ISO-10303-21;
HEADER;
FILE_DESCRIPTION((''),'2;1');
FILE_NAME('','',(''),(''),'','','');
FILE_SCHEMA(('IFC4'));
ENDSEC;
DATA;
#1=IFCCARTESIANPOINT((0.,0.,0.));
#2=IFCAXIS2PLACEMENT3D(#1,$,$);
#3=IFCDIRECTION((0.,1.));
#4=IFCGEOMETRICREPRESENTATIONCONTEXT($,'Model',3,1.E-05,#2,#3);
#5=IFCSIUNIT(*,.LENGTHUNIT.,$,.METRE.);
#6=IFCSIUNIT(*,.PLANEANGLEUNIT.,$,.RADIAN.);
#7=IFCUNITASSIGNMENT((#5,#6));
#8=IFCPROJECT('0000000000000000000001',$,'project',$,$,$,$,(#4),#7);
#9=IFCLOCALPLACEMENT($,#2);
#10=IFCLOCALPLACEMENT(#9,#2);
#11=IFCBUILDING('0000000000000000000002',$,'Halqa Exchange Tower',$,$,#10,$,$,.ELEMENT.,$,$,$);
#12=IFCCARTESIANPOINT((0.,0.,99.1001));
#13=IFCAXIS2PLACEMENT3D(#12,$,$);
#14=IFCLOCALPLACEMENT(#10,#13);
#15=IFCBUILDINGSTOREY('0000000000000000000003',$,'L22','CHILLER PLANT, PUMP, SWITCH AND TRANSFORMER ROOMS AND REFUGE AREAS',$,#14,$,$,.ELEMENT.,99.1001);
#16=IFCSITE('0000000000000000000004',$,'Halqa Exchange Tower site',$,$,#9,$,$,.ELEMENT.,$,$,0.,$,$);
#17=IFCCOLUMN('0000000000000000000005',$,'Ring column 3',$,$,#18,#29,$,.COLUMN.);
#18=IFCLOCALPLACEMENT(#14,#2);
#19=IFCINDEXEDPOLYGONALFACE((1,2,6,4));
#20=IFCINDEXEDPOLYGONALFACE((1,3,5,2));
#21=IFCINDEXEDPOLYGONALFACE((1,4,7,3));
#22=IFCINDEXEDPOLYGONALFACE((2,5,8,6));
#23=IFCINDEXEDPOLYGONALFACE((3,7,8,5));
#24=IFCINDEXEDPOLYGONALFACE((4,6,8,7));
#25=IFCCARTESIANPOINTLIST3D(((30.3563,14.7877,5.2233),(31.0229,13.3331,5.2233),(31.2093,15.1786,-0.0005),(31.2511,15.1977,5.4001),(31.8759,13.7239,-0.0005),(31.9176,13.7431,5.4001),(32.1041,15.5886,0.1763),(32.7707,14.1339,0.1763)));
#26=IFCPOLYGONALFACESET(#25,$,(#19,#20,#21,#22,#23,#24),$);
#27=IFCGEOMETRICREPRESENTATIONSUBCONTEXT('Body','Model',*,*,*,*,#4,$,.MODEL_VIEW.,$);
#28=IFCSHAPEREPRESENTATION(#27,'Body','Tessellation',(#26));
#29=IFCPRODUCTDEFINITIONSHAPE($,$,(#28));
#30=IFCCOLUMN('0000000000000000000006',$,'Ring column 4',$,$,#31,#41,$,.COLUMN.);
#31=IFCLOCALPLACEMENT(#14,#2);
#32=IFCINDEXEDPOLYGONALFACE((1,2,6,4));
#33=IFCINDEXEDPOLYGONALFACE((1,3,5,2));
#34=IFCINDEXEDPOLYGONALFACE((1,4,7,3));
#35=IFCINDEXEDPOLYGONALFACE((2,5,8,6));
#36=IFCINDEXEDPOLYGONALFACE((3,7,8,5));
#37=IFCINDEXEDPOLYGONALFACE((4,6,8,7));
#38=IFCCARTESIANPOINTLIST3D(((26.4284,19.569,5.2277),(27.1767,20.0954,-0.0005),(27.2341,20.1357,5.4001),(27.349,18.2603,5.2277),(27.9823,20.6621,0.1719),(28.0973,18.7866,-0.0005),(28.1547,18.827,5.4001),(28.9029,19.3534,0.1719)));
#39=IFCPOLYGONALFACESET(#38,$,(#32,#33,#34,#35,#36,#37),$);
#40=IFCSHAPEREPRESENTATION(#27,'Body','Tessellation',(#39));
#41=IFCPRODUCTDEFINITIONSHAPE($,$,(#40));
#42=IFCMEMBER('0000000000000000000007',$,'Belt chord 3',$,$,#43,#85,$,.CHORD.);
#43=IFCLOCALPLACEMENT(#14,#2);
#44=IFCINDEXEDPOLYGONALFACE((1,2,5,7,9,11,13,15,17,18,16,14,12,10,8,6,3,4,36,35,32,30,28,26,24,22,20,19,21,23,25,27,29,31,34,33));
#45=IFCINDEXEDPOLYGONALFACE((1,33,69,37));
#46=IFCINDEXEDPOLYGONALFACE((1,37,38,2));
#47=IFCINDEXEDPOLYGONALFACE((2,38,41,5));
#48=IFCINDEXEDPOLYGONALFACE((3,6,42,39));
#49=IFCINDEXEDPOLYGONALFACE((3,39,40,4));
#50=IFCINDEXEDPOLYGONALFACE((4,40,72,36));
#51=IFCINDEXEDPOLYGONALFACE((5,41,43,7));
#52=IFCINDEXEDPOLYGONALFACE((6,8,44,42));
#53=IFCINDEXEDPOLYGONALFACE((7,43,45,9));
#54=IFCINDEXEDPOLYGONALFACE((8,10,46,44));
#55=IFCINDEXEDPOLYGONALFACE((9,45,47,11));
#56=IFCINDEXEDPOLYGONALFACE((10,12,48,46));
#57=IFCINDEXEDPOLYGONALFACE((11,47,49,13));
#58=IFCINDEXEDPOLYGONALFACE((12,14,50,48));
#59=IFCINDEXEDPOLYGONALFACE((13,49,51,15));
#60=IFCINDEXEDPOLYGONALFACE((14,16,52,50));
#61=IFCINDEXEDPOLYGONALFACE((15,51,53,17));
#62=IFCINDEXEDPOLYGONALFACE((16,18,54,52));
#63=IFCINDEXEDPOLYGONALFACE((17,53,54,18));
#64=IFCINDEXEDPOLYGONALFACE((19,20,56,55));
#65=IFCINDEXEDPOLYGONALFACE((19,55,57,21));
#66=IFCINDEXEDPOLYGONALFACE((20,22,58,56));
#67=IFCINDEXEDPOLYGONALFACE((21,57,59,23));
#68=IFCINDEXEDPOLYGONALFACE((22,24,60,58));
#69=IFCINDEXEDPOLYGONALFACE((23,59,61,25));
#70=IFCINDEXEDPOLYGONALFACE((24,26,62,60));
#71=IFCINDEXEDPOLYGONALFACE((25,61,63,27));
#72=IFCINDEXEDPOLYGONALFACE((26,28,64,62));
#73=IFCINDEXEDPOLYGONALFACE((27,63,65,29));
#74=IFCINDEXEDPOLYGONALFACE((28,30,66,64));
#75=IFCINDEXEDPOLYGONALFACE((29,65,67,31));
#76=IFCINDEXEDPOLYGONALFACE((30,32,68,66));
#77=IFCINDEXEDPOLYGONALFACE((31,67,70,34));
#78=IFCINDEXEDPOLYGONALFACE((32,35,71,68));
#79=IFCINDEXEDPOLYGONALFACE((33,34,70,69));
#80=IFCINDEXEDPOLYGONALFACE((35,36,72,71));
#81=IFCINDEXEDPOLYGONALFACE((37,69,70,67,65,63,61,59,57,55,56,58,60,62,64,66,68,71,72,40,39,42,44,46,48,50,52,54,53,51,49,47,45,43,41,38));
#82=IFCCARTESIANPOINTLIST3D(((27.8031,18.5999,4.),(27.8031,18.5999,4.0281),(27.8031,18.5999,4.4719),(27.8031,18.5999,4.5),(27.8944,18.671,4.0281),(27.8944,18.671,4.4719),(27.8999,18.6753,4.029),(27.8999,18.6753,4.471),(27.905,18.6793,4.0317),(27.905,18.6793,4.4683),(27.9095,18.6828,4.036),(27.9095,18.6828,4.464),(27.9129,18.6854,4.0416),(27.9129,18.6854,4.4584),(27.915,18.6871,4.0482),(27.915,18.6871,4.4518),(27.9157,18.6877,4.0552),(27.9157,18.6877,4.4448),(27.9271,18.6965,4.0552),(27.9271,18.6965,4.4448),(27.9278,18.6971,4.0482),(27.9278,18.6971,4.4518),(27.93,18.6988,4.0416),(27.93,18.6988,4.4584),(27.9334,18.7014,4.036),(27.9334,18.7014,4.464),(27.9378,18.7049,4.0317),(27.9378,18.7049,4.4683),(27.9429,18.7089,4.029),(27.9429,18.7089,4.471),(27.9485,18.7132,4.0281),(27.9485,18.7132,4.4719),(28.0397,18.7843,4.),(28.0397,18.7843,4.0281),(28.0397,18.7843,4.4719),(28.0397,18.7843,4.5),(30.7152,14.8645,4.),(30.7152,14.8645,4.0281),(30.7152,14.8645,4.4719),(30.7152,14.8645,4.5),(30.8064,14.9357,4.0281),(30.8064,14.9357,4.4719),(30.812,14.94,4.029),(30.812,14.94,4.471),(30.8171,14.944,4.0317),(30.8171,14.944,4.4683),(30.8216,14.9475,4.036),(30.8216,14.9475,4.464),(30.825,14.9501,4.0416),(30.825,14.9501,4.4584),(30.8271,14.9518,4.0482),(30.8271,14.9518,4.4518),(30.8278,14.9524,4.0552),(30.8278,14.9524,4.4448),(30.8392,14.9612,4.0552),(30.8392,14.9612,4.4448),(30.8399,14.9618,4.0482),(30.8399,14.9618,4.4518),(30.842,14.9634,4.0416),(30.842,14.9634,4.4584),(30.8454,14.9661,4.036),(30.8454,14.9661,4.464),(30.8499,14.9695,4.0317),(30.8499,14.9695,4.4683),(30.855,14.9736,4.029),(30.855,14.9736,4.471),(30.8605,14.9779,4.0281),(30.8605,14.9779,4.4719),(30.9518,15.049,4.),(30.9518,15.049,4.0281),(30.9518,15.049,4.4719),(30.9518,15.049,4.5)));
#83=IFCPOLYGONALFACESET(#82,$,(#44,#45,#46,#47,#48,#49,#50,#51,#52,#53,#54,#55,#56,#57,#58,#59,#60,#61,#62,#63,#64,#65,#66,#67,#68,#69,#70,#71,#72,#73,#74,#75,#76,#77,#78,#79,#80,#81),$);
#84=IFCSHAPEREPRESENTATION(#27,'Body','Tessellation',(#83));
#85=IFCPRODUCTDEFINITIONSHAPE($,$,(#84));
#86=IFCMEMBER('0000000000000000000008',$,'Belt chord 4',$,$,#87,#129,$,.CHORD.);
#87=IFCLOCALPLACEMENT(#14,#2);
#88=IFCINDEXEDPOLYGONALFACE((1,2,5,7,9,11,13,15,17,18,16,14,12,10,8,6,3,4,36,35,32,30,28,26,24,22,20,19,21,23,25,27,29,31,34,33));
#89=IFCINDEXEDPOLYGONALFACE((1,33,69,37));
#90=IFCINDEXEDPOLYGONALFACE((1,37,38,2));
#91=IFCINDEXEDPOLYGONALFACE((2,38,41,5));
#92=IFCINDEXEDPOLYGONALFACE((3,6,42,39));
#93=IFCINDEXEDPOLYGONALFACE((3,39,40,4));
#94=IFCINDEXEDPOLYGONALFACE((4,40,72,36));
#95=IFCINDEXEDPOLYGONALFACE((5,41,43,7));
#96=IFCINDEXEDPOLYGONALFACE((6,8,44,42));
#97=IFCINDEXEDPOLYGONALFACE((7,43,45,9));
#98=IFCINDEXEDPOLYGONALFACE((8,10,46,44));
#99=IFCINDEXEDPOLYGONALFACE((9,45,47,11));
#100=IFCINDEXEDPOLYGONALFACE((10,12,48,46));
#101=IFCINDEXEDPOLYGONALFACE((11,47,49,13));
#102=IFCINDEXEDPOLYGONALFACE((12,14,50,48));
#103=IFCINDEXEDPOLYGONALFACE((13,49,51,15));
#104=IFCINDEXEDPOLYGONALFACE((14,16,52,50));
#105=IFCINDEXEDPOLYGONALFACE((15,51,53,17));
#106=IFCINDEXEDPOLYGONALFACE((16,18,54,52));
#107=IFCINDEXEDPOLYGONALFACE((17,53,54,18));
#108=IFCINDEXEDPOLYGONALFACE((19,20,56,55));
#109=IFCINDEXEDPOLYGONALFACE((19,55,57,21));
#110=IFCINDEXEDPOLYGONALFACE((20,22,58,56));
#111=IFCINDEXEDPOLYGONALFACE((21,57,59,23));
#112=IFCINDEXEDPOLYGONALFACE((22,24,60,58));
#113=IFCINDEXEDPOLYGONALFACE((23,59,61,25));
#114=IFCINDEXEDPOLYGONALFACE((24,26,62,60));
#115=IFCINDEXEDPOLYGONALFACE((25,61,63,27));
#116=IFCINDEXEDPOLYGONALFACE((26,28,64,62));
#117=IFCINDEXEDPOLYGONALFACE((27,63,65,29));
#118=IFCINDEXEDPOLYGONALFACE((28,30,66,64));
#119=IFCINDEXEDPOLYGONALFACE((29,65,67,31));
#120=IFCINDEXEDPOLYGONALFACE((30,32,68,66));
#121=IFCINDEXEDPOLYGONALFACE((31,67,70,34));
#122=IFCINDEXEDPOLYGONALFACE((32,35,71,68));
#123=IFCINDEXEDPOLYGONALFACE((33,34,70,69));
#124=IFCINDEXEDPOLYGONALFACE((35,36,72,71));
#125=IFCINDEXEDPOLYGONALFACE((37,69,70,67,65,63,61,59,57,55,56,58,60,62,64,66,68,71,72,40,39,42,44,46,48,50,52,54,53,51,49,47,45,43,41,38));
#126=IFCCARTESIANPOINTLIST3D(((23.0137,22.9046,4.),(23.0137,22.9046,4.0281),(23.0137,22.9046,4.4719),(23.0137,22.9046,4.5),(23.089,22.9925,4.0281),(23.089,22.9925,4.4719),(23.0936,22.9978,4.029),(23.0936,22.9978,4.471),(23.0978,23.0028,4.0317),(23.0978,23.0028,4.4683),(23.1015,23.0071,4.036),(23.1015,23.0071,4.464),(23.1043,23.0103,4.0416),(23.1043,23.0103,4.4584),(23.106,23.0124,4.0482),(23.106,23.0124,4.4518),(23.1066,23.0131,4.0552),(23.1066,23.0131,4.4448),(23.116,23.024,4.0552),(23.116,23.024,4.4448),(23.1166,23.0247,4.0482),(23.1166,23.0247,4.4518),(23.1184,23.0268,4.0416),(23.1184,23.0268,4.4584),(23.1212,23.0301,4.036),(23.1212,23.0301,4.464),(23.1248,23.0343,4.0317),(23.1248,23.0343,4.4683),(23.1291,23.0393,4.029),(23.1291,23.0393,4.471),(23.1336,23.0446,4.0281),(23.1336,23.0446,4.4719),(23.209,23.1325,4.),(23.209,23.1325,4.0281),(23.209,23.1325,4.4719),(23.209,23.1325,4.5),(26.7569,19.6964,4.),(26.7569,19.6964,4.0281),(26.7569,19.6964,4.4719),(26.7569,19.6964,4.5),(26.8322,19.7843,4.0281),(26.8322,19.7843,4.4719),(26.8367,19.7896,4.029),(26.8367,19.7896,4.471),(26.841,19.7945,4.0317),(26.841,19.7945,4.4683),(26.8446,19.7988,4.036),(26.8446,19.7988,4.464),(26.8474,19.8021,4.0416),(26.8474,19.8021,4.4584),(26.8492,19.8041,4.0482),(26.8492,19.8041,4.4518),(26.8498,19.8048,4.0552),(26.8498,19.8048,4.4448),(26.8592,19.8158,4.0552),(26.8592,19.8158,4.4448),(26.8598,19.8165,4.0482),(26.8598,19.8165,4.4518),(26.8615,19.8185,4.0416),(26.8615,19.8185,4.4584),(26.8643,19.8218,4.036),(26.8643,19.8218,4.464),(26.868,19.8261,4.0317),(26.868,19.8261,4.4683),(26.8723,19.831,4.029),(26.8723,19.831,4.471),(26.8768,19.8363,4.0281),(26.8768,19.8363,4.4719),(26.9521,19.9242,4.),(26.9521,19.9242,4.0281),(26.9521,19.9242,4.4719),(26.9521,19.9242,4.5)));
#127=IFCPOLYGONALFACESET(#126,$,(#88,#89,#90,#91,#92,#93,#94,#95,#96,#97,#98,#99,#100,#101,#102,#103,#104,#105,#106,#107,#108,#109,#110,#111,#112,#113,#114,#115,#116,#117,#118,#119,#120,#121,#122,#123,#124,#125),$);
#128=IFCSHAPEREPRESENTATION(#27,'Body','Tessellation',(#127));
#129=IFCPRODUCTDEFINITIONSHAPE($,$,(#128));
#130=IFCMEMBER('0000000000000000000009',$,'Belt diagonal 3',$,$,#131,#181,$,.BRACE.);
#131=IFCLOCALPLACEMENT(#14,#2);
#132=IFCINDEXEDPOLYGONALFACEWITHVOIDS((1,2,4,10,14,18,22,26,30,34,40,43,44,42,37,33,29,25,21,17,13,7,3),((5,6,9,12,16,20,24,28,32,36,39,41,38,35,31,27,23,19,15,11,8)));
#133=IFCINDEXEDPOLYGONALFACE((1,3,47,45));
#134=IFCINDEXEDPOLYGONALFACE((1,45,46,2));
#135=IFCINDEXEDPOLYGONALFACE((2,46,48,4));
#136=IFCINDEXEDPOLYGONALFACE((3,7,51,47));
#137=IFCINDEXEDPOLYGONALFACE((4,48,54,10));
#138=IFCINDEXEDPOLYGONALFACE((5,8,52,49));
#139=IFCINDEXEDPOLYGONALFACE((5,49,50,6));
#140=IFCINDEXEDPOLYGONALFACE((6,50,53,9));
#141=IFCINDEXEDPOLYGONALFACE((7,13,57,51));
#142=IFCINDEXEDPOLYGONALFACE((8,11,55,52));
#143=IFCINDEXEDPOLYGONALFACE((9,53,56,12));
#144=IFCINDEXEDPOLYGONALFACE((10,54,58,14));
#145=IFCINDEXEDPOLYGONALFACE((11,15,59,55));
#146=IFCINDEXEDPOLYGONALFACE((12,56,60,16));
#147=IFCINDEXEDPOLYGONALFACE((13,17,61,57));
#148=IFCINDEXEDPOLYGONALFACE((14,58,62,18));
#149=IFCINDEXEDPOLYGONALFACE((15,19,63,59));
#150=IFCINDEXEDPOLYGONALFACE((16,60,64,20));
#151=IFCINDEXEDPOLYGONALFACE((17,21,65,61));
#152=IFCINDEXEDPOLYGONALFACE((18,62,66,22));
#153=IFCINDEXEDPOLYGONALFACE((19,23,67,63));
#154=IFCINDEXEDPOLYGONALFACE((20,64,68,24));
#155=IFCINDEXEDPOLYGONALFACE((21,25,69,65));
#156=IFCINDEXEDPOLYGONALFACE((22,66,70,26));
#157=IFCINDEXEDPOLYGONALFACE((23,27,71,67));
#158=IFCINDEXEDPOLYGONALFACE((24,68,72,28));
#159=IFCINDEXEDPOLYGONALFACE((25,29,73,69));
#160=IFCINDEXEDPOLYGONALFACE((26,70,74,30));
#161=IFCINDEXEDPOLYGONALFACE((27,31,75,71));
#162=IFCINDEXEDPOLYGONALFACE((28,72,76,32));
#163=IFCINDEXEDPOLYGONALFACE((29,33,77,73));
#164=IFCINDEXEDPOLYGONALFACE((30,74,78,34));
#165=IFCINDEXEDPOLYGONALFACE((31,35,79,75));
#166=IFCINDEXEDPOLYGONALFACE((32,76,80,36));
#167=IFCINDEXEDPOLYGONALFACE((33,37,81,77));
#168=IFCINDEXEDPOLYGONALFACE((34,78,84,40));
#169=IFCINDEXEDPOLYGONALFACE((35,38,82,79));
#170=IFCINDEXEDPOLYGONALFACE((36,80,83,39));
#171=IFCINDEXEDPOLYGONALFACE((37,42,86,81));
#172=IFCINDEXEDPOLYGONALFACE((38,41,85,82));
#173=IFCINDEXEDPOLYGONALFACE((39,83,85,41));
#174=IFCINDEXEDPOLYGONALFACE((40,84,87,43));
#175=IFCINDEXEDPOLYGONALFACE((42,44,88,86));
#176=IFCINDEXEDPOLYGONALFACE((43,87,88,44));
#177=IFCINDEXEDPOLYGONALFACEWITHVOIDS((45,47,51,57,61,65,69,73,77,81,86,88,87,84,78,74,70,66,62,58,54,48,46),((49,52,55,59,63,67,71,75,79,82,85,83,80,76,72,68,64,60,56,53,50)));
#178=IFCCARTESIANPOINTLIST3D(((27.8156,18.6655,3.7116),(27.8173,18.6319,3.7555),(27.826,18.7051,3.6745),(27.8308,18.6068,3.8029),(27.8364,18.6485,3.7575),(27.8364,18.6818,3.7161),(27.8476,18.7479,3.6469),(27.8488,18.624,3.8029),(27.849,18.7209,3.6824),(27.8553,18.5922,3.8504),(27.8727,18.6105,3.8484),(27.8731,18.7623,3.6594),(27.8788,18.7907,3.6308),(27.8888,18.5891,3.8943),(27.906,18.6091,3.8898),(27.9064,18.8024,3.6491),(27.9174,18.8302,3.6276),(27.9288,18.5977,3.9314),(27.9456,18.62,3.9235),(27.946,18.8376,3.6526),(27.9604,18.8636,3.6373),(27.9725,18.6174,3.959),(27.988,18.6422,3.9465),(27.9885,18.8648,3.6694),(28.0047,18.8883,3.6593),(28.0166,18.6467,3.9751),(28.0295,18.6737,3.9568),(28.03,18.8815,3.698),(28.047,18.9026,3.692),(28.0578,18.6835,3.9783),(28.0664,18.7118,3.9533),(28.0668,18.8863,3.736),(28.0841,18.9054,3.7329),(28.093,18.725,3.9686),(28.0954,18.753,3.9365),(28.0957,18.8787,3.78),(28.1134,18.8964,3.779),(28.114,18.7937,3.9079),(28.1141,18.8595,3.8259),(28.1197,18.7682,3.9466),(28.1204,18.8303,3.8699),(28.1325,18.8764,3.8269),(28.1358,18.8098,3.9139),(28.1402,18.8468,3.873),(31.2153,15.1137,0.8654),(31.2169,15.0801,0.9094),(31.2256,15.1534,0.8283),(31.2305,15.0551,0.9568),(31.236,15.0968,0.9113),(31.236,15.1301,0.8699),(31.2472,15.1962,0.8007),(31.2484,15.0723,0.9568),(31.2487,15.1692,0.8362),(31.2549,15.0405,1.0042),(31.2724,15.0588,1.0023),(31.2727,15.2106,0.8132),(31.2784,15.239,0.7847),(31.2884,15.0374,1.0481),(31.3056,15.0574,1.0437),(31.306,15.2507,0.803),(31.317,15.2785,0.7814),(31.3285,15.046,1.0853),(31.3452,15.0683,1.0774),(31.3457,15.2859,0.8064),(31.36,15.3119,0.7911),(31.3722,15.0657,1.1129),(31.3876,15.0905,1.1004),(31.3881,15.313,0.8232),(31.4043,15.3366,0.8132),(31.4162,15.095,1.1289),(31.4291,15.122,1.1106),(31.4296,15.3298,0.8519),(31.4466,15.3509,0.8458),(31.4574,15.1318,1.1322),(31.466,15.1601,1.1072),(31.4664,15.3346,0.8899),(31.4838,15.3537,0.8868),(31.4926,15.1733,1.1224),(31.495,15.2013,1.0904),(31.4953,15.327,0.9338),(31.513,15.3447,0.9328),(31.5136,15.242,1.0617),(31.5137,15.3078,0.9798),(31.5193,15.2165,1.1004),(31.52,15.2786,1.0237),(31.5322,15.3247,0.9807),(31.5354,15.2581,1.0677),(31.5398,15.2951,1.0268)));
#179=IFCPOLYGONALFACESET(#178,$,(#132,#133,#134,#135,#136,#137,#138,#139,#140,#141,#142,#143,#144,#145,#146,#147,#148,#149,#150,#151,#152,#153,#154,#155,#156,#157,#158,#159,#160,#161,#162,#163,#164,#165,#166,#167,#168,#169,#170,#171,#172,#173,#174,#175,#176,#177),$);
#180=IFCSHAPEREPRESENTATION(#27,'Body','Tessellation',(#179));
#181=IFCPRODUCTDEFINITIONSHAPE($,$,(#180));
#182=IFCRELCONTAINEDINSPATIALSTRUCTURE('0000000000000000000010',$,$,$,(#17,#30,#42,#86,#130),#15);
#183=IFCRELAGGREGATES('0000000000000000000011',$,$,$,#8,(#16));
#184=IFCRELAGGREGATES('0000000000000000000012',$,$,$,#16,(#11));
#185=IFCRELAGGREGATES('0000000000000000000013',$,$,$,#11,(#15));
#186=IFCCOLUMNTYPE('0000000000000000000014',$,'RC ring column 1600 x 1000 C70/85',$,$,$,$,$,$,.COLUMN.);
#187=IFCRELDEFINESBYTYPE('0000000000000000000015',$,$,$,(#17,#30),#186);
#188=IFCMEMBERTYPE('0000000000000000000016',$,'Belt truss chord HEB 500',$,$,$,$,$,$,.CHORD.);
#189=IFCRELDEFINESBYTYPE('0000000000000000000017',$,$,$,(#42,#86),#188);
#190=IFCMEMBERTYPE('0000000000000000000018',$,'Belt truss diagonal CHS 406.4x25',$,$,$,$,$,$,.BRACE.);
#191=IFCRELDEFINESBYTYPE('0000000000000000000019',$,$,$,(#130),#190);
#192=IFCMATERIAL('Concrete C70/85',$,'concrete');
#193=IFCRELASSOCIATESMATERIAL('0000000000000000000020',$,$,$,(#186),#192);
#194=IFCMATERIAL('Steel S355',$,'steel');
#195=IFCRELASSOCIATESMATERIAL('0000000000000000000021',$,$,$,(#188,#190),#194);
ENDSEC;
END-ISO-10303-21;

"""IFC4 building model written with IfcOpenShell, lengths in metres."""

from ifc_helpers import new_model, si_unit, direction, frame, origin, origin_2d, place, context, subcontext, project, spatial, rectangle, hollow_circle, i_section, extrude, material, material_profile, profile_set, type_object, element, save


model = new_model("IFC4")

# Units and contexts
model_context = context("Model", 3, precision=1e-05, world=origin(), true_north=direction((0.0, 1.0)))
body_context = subcontext(model_context, "Body", "Model", "MODEL_VIEW")
ifc_project = project(units=[si_unit("LENGTHUNIT", "METRE"), si_unit("PLANEANGLEUNIT", "RADIAN")], contexts=[model_context])

# Site, building, storey
site_placement = place(None, origin())
site = spatial("IfcSite", under=ifc_project, at=site_placement, Name="Halqa Exchange Tower site", CompositionType="ELEMENT", RefElevation=0.0)
building_placement = place(site_placement, origin())
building = spatial("IfcBuilding", under=site, at=building_placement, Name="Halqa Exchange Tower", CompositionType="ELEMENT")
storey_placement = place(building_placement, frame((0.0, 0.0, 99.1001)))
storey = spatial("IfcBuildingStorey", under=building, at=storey_placement, Name="L22", Description="CHILLER PLANT, PUMP, SWITCH AND TRANSFORMER ROOMS AND REFUGE AREAS", CompositionType="ELEMENT", Elevation=99.1001)

# Columns
ifc_material_1 = material(Name="Concrete C70/85", Category="concrete")
ifc_material_profile_1 = material_profile(ifc_material_1, rectangle(XDim=1.6001, YDim=1.0, at=origin_2d()), Name="1600 x 1000")
ifc_profile_set_1 = profile_set([ifc_material_profile_1], Name="Concrete C70/85")
column_type = type_object("IfcColumnType", Name="RC ring column 1600 x 1000 C70/85", PredefinedType="COLUMN", material=ifc_profile_set_1)
column_1_placement = place(storey_placement, frame((31.99, 14.6562, 0.0879), z_axis=(-0.160722, -0.073645, 0.984248), x_axis=(0.416565, -0.909106, 0.0)))
element("IfcColumn", 1, at=column_1_placement, inside=storey, type_object=column_type, Name="Ring column 3", PredefinedType="COLUMN", context=body_context, shape_type="SweptSolid", body=[
    extrude(rectangle(XDim=1.6001, YDim=1.0, at=origin_2d()), origin(), (0.0, 0.0, 1.0), 5.3074),
])
column_2_placement = place(storey_placement, frame((28.0398, 19.7244, 0.0857), z_axis=(-0.140982, -0.09917, 0.985033), x_axis=(0.575341, -0.817913, 0.0)))
element("IfcColumn", 2, at=column_2_placement, inside=storey, type_object=column_type, Name="Ring column 4", PredefinedType="COLUMN", context=body_context, shape_type="SweptSolid", body=[
    extrude(rectangle(XDim=1.6001, YDim=1.0, at=origin_2d()), origin(), (0.0, 0.0, 1.0), 5.3076),
])

# Members
ifc_material_2 = material(Name="Steel S355", Category="steel")
ifc_material_profile_2 = material_profile(ifc_material_2, i_section(OverallWidth=0.3, OverallDepth=0.5, WebThickness=0.0144, FlangeThickness=0.0281, FilletRadius=0.0271, at=origin_2d()), Name="HEB 500")
ifc_profile_set_2 = profile_set([ifc_material_profile_2], Name="Steel S355")
member_type_1 = type_object("IfcMemberType", Name="Belt truss chord HEB 500", PredefinedType="CHORD", material=ifc_profile_set_2)
member_1_placement = place(storey_placement, frame((30.8335, 14.9568, 4.25), z_axis=(-0.614839, 0.788652, 0.0), x_axis=(-0.788652, -0.614839, 0.0)))
element("IfcMember", 3, at=member_1_placement, inside=storey, type_object=member_type_1, Name="Belt chord 3", PredefinedType="CHORD", context=body_context, shape_type="SweptSolid", body=[
    extrude(i_section(OverallWidth=0.3, OverallDepth=0.5, WebThickness=0.0144, FlangeThickness=0.0281, FilletRadius=0.0271, at=origin_2d()), origin(), (0.0, 0.0, 1.0), 4.7363),
])
member_2_placement = place(storey_placement, frame((26.8545, 19.8103, 4.25), z_axis=(-0.759274, 0.650771, 0.0), x_axis=(-0.650771, -0.759274, 0.0)))
element("IfcMember", 4, at=member_2_placement, inside=storey, type_object=member_type_1, Name="Belt chord 4", PredefinedType="CHORD", context=body_context, shape_type="SweptSolid", body=[
    extrude(i_section(OverallWidth=0.3, OverallDepth=0.5, WebThickness=0.0144, FlangeThickness=0.0281, FilletRadius=0.0271, at=origin_2d()), origin(), (0.0, 0.0, 1.0), 4.9299),
])
ifc_material_profile_3 = material_profile(ifc_material_2, hollow_circle(Radius=0.2031, WallThickness=0.0249, at=origin_2d()), Name="CHS 406.4x25")
ifc_profile_set_3 = profile_set([ifc_material_profile_3], Name="Steel S355")
member_type_2 = type_object("IfcMemberType", Name="Belt truss diagonal CHS 406.4x25", PredefinedType="BRACE", material=ifc_profile_set_3)
member_3_placement = place(storey_placement, frame((31.3772, 15.1956, 0.9568), z_axis=(-0.598429, 0.625202, 0.501004), x_axis=(-0.722406, -0.69147, 0.0)))
element("IfcMember", 5, at=member_3_placement, inside=storey, type_object=member_type_2, Name="Belt diagonal 3", PredefinedType="BRACE", context=body_context, shape_type="SweptSolid", body=[
    extrude(hollow_circle(Radius=0.2031, WallThickness=0.0249, at=origin_2d()), origin(), (0.0, 0.0, 1.0), 5.6809),
])

save(model, "model.ifc")
